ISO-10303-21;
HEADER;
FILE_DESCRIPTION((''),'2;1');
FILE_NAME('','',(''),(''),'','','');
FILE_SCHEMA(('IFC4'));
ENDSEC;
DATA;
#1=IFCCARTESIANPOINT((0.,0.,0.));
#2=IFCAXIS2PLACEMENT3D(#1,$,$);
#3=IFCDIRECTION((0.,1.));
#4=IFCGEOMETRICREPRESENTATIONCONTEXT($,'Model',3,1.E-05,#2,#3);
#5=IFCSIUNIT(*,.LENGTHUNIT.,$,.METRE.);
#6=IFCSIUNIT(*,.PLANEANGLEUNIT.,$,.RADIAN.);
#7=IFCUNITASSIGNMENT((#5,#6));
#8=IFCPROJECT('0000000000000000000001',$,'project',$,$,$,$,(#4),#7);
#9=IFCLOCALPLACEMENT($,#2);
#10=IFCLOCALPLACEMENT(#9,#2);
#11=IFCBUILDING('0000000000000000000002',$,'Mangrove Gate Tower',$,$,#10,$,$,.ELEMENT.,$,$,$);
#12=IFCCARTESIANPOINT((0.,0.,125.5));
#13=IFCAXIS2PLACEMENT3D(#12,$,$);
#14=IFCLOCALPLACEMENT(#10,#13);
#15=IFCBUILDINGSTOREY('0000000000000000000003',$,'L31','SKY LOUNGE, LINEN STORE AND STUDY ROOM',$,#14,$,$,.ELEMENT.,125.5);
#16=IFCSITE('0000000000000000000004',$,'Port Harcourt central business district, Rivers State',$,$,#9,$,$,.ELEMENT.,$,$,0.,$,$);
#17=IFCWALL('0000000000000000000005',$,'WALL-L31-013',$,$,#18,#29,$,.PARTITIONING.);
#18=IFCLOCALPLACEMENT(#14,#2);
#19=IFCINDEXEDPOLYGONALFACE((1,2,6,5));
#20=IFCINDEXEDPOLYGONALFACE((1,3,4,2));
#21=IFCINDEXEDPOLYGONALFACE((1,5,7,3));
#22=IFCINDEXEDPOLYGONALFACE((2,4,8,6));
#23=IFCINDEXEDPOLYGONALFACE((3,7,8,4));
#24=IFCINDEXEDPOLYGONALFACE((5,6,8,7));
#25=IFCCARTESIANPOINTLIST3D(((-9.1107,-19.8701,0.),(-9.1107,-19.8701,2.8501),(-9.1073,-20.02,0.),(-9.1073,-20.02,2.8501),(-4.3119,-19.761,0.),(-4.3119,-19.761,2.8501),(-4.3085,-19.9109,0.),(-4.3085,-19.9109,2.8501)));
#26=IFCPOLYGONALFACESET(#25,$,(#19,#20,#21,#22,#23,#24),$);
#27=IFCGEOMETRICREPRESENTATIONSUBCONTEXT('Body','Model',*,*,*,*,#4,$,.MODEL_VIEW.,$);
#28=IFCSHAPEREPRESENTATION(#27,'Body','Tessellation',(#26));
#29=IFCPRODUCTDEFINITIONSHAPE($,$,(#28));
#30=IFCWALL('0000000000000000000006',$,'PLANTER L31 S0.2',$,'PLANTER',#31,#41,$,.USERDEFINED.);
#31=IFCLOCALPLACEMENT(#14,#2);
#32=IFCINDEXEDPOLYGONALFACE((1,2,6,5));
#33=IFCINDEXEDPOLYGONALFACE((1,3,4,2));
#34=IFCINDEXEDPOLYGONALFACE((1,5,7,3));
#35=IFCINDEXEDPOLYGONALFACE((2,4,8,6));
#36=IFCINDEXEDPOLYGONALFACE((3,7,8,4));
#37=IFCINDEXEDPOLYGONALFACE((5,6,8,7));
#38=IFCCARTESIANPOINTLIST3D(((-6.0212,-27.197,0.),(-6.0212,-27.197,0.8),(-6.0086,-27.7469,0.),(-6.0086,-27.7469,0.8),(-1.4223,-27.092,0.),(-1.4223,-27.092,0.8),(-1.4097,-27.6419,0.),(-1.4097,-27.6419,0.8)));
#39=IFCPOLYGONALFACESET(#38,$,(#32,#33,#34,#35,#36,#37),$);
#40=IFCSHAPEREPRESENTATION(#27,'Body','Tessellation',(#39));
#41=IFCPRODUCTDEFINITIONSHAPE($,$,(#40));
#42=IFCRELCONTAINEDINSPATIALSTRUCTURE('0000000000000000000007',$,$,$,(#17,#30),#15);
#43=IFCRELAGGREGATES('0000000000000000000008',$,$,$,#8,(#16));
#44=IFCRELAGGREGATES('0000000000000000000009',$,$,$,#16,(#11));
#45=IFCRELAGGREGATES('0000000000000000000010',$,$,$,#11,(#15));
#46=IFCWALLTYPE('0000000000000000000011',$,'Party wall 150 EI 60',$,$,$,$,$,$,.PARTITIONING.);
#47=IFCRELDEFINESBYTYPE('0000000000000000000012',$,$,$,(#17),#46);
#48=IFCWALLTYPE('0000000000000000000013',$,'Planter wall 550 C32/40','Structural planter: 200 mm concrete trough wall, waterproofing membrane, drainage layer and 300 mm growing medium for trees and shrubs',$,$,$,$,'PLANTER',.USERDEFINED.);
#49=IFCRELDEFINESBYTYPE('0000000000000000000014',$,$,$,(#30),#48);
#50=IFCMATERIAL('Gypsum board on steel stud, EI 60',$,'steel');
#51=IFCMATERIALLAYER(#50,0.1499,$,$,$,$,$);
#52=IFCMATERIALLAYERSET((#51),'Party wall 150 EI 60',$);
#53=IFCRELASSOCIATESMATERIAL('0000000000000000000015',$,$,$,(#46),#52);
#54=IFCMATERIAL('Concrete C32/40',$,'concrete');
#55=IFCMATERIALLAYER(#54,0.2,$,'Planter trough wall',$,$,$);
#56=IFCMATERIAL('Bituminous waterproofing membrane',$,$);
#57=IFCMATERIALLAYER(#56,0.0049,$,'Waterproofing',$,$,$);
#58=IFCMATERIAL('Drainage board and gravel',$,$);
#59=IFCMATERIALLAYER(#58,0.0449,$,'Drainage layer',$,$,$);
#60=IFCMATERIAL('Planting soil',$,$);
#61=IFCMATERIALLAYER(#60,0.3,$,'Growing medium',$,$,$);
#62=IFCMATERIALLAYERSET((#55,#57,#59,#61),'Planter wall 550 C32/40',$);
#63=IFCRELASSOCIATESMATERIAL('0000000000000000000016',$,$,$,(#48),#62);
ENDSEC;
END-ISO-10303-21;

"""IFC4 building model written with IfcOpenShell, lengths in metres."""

from ifc_helpers import new_model, si_unit, direction, frame, frame_2d, origin, place, context, subcontext, project, spatial, rectangle, extrude, material, layer, layer_set, type_object, element, save


model = new_model("IFC4")

# Units and contexts
model_context = context("Model", 3, precision=1e-05, world=origin(), true_north=direction((0.0, 1.0)))
body_context = subcontext(model_context, "Body", "Model", "MODEL_VIEW")
ifc_project = project(units=[si_unit("LENGTHUNIT", "METRE"), si_unit("PLANEANGLEUNIT", "RADIAN")], contexts=[model_context])

# Site, building, storey
site_placement = place(None, origin())
site = spatial("IfcSite", under=ifc_project, at=site_placement, Name="Port Harcourt central business district, Rivers State", CompositionType="ELEMENT", RefElevation=0.0)
building_placement = place(site_placement, origin())
building = spatial("IfcBuilding", under=site, at=building_placement, Name="Mangrove Gate Tower", CompositionType="ELEMENT")
storey_placement = place(building_placement, frame((0.0, 0.0, 125.5)))
storey = spatial("IfcBuildingStorey", under=building, at=storey_placement, Name="L31", Description="SKY LOUNGE, LINEN STORE AND STUDY ROOM", CompositionType="ELEMENT", Elevation=125.5)

# Shared definitions
ifc_material_1 = material(Name="Gypsum board on steel stud, EI 60", Category="steel")
ifc_layer_1 = layer(ifc_material_1, 0.1499)
ifc_layer_set_1 = layer_set([ifc_layer_1], Name="Party wall 150 EI 60")
wall_type_1 = type_object("IfcWallType", Name="Party wall 150 EI 60", PredefinedType="PARTITIONING", material=ifc_layer_set_1)

# Walls
wall_1_placement = place(storey_placement, frame((-9.1089, -19.9451, 0.0), z_axis=(0.0, 0.0, 1.0), x_axis=(0.999742, 0.022735, 0.0)))
element("IfcWall", 1, at=wall_1_placement, inside=storey, type_object=wall_type_1, Name="WALL-L31-013", PredefinedType="PARTITIONING", context=body_context, shape_type="SweptSolid", body=[
    extrude(rectangle(XDim=4.8, YDim=0.1499, at=frame_2d((2.3999, 0.0))), origin(), (0.0, 0.0, 1.0), 2.8501),
])
ifc_material_2 = material(Name="Concrete C32/40", Category="concrete")
ifc_layer_2 = layer(ifc_material_2, 0.2, Name="Planter trough wall")
ifc_material_3 = material(Name="Bituminous waterproofing membrane")
ifc_layer_3 = layer(ifc_material_3, 0.0049, Name="Waterproofing")
ifc_material_4 = material(Name="Drainage board and gravel")
ifc_layer_4 = layer(ifc_material_4, 0.0449, Name="Drainage layer")
ifc_material_5 = material(Name="Planting soil")
ifc_layer_5 = layer(ifc_material_5, 0.3, Name="Growing medium")
ifc_layer_set_2 = layer_set([ifc_layer_2, ifc_layer_3, ifc_layer_4, ifc_layer_5], Name="Planter wall 550 C32/40")
wall_type_2 = type_object("IfcWallType", Name="Planter wall 550 C32/40", Description="Structural planter: 200 mm concrete trough wall, waterproofing membrane, drainage layer and 300 mm growing medium for trees and shrubs", ElementType="PLANTER", PredefinedType="USERDEFINED", material=ifc_layer_set_2)
wall_2_placement = place(storey_placement, frame((-6.0149, -27.4719, 0.0), z_axis=(0.0, 0.0, 1.0), x_axis=(0.99974, 0.022821, 0.0)))
element("IfcWall", 2, at=wall_2_placement, inside=storey, type_object=wall_type_2, Name="PLANTER L31 S0.2", ObjectType="PLANTER", PredefinedType="USERDEFINED", context=body_context, shape_type="SweptSolid", body=[
    extrude(rectangle(XDim=4.6001, YDim=0.55, at=frame_2d((2.3, 0.0))), origin(), (0.0, 0.0, 1.0), 0.8),
])

save(model, "model.ifc")
